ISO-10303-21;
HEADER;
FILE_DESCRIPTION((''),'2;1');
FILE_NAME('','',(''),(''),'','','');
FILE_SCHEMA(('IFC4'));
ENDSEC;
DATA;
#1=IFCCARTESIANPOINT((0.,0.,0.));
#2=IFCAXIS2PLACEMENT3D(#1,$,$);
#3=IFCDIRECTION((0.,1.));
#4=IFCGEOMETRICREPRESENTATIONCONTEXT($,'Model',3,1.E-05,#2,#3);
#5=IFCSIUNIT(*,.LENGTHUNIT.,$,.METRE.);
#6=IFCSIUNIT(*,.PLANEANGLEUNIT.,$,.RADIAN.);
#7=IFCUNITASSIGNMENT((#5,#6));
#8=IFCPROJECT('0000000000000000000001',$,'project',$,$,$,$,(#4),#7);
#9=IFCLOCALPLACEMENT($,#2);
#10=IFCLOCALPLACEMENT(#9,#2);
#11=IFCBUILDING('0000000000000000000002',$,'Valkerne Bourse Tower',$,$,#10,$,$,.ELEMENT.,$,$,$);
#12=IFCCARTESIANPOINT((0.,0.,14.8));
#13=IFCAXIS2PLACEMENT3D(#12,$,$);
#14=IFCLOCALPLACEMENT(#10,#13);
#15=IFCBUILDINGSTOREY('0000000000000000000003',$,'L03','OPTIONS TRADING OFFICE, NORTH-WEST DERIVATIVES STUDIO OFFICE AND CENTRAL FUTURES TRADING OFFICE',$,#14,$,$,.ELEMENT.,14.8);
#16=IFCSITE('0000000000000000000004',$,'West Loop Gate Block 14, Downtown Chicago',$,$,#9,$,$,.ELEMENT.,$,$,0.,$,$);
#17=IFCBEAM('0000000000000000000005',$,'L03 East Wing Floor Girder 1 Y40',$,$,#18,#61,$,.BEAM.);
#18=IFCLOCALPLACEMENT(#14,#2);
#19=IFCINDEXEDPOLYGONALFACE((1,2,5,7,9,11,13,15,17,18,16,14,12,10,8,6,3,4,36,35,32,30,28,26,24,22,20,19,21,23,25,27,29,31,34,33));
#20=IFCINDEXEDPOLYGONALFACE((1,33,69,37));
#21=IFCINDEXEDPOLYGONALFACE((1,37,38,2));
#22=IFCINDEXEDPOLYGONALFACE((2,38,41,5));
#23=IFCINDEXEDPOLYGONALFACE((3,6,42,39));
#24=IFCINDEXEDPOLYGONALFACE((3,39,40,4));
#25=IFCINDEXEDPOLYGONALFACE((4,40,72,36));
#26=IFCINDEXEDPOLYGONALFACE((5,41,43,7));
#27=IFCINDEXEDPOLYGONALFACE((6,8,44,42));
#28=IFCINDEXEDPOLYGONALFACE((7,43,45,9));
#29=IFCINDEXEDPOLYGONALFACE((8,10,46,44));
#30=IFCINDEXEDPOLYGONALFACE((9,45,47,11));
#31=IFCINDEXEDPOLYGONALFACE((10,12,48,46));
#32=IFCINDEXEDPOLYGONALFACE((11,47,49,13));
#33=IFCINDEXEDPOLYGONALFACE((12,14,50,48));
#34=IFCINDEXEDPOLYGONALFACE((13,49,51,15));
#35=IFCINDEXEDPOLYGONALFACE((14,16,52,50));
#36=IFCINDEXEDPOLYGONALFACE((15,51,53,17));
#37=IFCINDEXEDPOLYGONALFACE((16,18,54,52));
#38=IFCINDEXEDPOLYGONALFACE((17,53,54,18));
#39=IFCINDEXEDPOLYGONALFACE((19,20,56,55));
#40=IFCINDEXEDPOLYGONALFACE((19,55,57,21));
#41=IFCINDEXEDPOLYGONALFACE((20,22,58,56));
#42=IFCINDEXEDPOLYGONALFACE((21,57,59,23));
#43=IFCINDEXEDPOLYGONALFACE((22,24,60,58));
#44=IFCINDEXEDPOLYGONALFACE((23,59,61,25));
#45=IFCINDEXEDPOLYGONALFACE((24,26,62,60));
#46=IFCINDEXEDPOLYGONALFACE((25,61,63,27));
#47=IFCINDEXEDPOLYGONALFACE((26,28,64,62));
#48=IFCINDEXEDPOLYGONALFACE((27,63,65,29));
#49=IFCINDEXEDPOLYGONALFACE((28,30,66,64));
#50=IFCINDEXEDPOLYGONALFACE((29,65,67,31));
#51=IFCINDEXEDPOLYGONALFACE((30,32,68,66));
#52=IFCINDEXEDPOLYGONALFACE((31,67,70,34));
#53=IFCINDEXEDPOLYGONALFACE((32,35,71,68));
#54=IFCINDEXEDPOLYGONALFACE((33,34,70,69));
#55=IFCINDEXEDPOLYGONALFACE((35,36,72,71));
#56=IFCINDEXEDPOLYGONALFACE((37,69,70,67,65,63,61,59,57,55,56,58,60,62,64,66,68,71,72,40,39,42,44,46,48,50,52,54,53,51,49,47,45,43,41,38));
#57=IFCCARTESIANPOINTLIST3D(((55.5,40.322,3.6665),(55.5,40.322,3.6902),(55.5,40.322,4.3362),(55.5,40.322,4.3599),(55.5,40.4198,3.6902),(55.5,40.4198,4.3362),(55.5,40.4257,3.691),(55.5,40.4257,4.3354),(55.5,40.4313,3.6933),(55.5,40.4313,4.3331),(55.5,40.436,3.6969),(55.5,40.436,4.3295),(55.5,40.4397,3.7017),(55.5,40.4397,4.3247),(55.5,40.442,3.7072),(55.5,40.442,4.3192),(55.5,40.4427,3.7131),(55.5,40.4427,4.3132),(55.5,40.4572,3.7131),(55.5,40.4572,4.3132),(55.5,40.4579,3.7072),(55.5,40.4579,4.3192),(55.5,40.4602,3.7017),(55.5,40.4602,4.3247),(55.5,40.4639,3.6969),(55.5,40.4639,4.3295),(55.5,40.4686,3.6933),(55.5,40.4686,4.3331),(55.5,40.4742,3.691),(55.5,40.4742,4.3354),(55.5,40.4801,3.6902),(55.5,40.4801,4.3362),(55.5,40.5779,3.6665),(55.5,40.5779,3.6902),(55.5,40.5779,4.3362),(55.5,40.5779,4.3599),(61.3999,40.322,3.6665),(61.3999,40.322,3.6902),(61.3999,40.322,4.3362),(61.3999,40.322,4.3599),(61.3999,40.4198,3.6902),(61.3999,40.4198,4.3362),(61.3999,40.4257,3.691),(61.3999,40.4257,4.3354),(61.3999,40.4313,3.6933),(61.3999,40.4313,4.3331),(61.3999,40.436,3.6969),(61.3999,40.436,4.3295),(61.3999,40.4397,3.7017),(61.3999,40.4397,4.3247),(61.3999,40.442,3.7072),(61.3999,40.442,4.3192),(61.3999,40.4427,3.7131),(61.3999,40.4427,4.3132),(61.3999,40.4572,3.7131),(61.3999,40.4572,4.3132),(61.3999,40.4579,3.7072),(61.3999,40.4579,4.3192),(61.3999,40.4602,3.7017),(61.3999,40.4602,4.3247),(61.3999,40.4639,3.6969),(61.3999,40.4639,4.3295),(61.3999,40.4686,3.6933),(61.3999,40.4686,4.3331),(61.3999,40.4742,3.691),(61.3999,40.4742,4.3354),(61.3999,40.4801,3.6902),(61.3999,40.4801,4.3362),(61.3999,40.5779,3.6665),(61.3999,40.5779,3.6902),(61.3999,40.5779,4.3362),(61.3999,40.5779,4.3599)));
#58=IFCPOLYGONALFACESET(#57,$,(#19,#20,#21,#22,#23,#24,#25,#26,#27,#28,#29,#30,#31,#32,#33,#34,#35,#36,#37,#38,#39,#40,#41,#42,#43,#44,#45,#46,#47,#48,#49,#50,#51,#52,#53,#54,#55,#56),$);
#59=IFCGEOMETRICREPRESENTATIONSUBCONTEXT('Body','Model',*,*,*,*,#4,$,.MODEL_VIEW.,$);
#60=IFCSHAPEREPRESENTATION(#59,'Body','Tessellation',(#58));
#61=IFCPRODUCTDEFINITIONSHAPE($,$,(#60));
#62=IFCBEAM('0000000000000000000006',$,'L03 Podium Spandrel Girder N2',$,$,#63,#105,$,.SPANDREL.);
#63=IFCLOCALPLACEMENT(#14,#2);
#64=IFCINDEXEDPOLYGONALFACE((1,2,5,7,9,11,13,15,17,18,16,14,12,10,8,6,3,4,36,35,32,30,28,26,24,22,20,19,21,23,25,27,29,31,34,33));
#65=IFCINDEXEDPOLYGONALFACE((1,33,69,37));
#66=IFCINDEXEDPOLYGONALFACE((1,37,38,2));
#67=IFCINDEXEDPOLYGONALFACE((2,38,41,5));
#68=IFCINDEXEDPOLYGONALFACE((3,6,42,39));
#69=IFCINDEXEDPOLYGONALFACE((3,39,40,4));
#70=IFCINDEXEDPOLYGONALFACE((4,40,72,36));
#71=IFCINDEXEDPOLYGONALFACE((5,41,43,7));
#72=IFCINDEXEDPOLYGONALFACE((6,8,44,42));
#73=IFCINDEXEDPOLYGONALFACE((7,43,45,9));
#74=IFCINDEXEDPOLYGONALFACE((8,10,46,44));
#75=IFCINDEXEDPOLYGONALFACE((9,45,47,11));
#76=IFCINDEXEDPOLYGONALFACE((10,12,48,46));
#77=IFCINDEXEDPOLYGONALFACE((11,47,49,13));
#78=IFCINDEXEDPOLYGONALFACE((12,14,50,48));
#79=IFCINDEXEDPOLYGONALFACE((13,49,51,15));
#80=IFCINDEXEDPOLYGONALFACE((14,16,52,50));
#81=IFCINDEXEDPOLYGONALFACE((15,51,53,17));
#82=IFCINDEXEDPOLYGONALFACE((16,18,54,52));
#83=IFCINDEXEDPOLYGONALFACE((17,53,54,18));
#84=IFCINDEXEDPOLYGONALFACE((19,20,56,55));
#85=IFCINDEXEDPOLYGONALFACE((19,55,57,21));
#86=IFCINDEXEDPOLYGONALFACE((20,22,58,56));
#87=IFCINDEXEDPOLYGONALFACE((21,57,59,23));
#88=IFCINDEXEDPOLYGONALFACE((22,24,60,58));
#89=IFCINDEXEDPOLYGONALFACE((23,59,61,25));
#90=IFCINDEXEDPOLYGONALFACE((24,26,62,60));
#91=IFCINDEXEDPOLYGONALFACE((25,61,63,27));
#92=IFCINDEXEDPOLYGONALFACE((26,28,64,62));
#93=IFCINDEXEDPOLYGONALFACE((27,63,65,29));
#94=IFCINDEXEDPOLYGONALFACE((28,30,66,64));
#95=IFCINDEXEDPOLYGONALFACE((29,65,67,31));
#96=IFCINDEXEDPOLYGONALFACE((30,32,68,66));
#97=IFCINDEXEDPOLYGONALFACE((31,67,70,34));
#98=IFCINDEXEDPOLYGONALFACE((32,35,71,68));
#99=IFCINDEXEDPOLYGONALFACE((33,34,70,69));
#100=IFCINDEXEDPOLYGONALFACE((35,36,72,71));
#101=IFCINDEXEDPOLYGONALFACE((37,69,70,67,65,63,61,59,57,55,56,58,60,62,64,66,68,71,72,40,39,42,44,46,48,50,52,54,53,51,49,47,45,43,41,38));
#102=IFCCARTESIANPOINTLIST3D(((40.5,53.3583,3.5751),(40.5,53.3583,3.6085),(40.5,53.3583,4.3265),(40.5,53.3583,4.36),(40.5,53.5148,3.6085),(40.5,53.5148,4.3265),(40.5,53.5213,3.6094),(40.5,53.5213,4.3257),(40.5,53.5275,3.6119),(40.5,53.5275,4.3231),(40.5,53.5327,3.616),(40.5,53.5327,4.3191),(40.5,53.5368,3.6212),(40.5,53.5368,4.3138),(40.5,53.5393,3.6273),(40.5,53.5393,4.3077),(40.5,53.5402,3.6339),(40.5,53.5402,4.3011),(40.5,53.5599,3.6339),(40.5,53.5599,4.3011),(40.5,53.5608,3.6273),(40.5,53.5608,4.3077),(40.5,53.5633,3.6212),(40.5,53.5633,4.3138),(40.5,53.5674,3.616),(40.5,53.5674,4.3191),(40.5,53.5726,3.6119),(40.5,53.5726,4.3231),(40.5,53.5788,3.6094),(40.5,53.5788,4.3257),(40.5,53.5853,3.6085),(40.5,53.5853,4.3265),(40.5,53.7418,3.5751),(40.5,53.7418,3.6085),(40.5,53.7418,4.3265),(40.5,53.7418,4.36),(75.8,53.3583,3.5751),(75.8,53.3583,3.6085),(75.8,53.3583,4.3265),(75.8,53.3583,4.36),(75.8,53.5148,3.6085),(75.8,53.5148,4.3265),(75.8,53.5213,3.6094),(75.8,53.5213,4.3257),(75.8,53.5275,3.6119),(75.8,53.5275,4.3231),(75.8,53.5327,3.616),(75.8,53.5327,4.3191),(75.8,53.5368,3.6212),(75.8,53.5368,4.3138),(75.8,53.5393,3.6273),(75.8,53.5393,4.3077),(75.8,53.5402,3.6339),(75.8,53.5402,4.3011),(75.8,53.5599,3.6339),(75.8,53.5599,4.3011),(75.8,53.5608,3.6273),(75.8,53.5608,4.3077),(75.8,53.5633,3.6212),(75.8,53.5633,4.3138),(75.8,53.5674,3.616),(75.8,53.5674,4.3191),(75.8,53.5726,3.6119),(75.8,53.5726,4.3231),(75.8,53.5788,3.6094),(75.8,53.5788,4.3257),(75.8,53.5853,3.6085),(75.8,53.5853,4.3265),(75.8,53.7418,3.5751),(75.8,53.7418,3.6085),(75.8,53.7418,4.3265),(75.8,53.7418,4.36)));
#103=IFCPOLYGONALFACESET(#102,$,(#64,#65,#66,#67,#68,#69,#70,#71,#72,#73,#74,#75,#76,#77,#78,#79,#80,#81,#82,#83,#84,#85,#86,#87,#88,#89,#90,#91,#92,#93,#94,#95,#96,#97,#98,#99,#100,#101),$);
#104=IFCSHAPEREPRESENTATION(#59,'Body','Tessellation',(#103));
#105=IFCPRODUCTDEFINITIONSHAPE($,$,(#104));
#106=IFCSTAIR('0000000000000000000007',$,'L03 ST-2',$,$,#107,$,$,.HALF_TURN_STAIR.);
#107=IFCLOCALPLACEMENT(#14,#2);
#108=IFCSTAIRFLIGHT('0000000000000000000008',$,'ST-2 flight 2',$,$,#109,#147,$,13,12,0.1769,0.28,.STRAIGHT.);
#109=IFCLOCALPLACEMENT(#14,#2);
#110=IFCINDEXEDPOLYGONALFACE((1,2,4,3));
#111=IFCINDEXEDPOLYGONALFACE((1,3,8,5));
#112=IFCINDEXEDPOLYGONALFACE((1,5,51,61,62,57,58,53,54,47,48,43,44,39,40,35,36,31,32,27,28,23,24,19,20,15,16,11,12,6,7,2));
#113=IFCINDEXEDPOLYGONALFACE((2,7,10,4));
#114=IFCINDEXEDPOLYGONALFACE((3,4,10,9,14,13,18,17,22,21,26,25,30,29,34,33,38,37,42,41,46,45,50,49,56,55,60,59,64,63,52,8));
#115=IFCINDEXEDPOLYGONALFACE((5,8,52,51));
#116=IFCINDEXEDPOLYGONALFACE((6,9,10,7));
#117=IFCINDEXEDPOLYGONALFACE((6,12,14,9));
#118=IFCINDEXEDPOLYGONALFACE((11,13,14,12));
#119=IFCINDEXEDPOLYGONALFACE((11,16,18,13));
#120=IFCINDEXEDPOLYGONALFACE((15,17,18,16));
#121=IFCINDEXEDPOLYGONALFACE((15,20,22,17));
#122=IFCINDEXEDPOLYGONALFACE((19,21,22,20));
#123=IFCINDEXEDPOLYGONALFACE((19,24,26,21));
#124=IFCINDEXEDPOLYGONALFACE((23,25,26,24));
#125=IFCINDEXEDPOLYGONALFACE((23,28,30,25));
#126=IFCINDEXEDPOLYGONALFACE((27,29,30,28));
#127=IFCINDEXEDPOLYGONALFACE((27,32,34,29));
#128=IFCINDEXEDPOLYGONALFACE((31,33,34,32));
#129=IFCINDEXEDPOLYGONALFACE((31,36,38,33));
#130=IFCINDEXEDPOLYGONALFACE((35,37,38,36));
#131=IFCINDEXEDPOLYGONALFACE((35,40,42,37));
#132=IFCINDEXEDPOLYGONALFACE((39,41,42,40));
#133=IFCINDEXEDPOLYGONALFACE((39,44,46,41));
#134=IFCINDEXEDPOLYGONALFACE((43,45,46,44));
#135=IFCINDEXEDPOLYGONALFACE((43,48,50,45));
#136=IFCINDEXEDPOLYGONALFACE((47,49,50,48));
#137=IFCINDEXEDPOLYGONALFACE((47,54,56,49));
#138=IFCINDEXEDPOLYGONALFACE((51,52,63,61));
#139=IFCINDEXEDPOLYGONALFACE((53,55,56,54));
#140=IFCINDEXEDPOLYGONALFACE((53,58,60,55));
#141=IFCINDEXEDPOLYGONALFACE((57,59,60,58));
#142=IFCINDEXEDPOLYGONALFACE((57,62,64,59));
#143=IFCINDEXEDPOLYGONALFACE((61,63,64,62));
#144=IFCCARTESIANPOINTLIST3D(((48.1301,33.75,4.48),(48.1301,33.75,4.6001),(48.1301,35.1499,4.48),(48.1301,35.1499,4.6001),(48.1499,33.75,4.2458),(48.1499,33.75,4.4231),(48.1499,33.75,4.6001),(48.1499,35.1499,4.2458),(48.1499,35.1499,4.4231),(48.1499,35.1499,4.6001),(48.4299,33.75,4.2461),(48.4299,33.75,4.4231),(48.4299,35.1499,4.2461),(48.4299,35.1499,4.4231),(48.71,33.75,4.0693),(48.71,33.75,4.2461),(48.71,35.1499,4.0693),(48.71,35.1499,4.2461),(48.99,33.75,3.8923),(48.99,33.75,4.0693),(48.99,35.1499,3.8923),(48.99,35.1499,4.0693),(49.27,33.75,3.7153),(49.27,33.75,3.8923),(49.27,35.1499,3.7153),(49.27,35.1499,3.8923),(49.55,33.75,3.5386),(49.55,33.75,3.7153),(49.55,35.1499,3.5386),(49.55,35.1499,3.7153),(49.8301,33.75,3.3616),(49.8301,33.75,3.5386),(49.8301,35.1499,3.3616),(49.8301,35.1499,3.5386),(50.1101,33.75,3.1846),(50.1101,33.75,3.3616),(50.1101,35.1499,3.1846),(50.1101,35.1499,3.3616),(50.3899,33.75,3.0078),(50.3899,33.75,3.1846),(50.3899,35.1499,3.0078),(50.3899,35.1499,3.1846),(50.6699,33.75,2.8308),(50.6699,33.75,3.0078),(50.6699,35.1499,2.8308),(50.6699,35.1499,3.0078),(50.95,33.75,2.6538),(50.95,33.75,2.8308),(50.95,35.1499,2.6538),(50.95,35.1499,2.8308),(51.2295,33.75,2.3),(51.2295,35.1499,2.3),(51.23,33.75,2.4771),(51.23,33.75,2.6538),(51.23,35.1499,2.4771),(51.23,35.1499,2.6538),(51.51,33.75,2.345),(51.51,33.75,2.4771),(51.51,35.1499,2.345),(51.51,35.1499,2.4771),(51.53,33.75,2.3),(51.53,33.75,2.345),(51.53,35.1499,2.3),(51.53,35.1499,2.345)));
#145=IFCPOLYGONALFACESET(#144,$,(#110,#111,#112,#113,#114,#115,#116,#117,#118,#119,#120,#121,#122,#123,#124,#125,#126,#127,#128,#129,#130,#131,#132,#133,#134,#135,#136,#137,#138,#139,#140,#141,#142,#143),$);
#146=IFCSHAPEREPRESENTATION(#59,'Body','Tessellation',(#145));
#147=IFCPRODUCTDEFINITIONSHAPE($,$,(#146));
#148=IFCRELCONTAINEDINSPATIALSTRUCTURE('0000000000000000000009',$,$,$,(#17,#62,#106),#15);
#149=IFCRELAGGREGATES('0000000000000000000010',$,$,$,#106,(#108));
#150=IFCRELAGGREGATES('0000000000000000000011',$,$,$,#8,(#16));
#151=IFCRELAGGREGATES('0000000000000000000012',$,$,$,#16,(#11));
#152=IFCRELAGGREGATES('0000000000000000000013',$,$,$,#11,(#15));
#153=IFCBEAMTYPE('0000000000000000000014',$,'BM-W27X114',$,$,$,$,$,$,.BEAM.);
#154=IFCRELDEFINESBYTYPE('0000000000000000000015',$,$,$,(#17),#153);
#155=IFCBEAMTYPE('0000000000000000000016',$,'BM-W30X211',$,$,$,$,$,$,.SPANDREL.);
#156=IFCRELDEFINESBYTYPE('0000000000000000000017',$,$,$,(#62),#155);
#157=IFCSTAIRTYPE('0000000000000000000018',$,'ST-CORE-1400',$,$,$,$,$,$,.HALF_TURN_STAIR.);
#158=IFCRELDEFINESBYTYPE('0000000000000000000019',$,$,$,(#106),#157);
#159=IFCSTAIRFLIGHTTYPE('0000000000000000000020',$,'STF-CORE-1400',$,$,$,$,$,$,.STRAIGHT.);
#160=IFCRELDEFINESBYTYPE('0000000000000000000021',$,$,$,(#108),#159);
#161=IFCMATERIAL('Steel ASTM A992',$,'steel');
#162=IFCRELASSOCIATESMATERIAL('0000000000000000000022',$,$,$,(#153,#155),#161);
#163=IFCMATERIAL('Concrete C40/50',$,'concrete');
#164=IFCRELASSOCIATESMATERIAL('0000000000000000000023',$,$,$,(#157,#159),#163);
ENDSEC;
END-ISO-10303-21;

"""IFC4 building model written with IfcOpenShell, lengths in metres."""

from ifc_helpers import new_model, si_unit, direction, frame, origin, origin_2d, place, context, subcontext, project, spatial, polyline, i_section, outline, extrude, material, material_profile, profile_set, type_object, element, aggregate, save


model = new_model("IFC4")

# Units and contexts
model_context = context("Model", 3, precision=1e-05, world=origin(), true_north=direction((0.0, 1.0)))
body_context = subcontext(model_context, "Body", "Model", "MODEL_VIEW")
ifc_project = project(units=[si_unit("LENGTHUNIT", "METRE"), si_unit("PLANEANGLEUNIT", "RADIAN")], contexts=[model_context])

# Site, building, storey
site_placement = place(None, origin())
site = spatial("IfcSite", under=ifc_project, at=site_placement, Name="West Loop Gate Block 14, Downtown Chicago", CompositionType="ELEMENT", RefElevation=0.0)
building_placement = place(site_placement, origin())
building = spatial("IfcBuilding", under=site, at=building_placement, Name="Valkerne Bourse Tower", CompositionType="ELEMENT")
storey_placement = place(building_placement, frame((0.0, 0.0, 14.8)))
storey = spatial("IfcBuildingStorey", under=building, at=storey_placement, Name="L03", Description="OPTIONS TRADING OFFICE, NORTH-WEST DERIVATIVES STUDIO OFFICE AND CENTRAL FUTURES TRADING OFFICE", CompositionType="ELEMENT", Elevation=14.8)

# Beams
ifc_material_1 = material(Name="Steel ASTM A992", Category="steel")
ifc_material_profile_1 = material_profile(ifc_material_1, i_section(OverallWidth=0.2559, OverallDepth=0.6934, WebThickness=0.0144, FlangeThickness=0.0237, FilletRadius=0.0229, at=origin_2d()), Name="W27X114")
ifc_profile_set_1 = profile_set([ifc_material_profile_1], Name="Steel ASTM A992")
beam_type_1 = type_object("IfcBeamType", Name="BM-W27X114", PredefinedType="BEAM", material=ifc_profile_set_1)
beam_1_placement = place(storey_placement, frame((55.5, 40.45, 4.0132), z_axis=(1.0, 0.0, 0.0), x_axis=(0.0, 1.0, 0.0)))
element("IfcBeam", 1, at=beam_1_placement, inside=storey, type_object=beam_type_1, Name="L03 East Wing Floor Girder 1 Y40", PredefinedType="BEAM", context=body_context, shape_type="SweptSolid", body=[
    extrude(i_section(OverallWidth=0.2559, OverallDepth=0.6934, WebThickness=0.0144, FlangeThickness=0.0237, FilletRadius=0.0229, at=origin_2d()), origin(), (0.0, 0.0, 1.0), 5.8999),
])
ifc_material_profile_2 = material_profile(ifc_material_1, i_section(OverallWidth=0.3835, OverallDepth=0.7849, WebThickness=0.0198, FlangeThickness=0.0334, FilletRadius=0.0254, at=origin_2d()), Name="W30X211")
ifc_profile_set_2 = profile_set([ifc_material_profile_2], Name="Steel ASTM A992")
beam_type_2 = type_object("IfcBeamType", Name="BM-W30X211", PredefinedType="SPANDREL", material=ifc_profile_set_2)
beam_2_placement = place(storey_placement, frame((40.5, 53.55, 3.9675), z_axis=(1.0, 0.0, 0.0), x_axis=(0.0, 1.0, 0.0)))
element("IfcBeam", 2, at=beam_2_placement, inside=storey, type_object=beam_type_2, Name="L03 Podium Spandrel Girder N2", PredefinedType="SPANDREL", context=body_context, shape_type="SweptSolid", body=[
    extrude(i_section(OverallWidth=0.3835, OverallDepth=0.7849, WebThickness=0.0198, FlangeThickness=0.0334, FilletRadius=0.0254, at=origin_2d()), origin(), (0.0, 0.0, 1.0), 35.3),
])

# Stair, stair flight
ifc_material_2 = material(Name="Concrete C40/50", Category="concrete")
stair_type = type_object("IfcStairType", Name="ST-CORE-1400", PredefinedType="HALF_TURN_STAIR", material=ifc_material_2)
stair_placement = place(storey_placement, origin())
stair = element("IfcStair", 3, at=stair_placement, inside=storey, type_object=stair_type, Name="L03 ST-2", PredefinedType="HALF_TURN_STAIR")
stair_flight_type = type_object("IfcStairFlightType", Name="STF-CORE-1400", PredefinedType="STRAIGHT", material=ifc_material_2)
stair_flight_placement = place(storey_placement, frame((51.51, 34.45, 2.3), z_axis=(0.0, 0.0, 1.0), x_axis=(-1.0, 0.0, 0.0)))
stair_flight = element("IfcStairFlight", 4, at=stair_flight_placement, type_object=stair_flight_type, Name="ST-2 flight 2", NumberOfRisers=13, NumberOfTreads=12, PredefinedType="STRAIGHT", RiserHeight=0.1769, TreadLength=0.28, context=body_context, shape_type="SweptSolid", body=[
    extrude(outline(polyline([(-0.02, 0.0), (-0.02, 0.0449), (0.0, 0.0449), (0.0, 0.177), (0.28, 0.177), (0.28, 0.3538), (0.5601, 0.3538), (0.5601, 0.5308), (0.8401, 0.5308), (0.8401, 0.7078), (1.1201, 0.7078), (1.1201, 0.8845), (1.3999, 0.8845), (1.3999, 1.0615), (1.6799, 1.0615), (1.6799, 1.2385), (1.96, 1.2385), (1.96, 1.4153), (2.24, 1.4153), (2.24, 1.5923), (2.52, 1.5923), (2.52, 1.7693), (2.8, 1.7693), (2.8, 1.946), (3.0801, 1.946), (3.0801, 2.123), (3.3601, 2.123), (3.3601, 2.3), (3.3799, 2.3), (3.3799, 2.1799), (3.3601, 1.9458), (0.2805, 0.0), (-0.02, 0.0)])), frame((0.0, 0.7, 0.0), z_axis=(0.0, -1.0, 0.0), x_axis=(1.0, 0.0, 0.0)), (0.0, 0.0, 1.0), 1.3999),
])
aggregate(stair, [stair_flight])

save(model, "model.ifc")
